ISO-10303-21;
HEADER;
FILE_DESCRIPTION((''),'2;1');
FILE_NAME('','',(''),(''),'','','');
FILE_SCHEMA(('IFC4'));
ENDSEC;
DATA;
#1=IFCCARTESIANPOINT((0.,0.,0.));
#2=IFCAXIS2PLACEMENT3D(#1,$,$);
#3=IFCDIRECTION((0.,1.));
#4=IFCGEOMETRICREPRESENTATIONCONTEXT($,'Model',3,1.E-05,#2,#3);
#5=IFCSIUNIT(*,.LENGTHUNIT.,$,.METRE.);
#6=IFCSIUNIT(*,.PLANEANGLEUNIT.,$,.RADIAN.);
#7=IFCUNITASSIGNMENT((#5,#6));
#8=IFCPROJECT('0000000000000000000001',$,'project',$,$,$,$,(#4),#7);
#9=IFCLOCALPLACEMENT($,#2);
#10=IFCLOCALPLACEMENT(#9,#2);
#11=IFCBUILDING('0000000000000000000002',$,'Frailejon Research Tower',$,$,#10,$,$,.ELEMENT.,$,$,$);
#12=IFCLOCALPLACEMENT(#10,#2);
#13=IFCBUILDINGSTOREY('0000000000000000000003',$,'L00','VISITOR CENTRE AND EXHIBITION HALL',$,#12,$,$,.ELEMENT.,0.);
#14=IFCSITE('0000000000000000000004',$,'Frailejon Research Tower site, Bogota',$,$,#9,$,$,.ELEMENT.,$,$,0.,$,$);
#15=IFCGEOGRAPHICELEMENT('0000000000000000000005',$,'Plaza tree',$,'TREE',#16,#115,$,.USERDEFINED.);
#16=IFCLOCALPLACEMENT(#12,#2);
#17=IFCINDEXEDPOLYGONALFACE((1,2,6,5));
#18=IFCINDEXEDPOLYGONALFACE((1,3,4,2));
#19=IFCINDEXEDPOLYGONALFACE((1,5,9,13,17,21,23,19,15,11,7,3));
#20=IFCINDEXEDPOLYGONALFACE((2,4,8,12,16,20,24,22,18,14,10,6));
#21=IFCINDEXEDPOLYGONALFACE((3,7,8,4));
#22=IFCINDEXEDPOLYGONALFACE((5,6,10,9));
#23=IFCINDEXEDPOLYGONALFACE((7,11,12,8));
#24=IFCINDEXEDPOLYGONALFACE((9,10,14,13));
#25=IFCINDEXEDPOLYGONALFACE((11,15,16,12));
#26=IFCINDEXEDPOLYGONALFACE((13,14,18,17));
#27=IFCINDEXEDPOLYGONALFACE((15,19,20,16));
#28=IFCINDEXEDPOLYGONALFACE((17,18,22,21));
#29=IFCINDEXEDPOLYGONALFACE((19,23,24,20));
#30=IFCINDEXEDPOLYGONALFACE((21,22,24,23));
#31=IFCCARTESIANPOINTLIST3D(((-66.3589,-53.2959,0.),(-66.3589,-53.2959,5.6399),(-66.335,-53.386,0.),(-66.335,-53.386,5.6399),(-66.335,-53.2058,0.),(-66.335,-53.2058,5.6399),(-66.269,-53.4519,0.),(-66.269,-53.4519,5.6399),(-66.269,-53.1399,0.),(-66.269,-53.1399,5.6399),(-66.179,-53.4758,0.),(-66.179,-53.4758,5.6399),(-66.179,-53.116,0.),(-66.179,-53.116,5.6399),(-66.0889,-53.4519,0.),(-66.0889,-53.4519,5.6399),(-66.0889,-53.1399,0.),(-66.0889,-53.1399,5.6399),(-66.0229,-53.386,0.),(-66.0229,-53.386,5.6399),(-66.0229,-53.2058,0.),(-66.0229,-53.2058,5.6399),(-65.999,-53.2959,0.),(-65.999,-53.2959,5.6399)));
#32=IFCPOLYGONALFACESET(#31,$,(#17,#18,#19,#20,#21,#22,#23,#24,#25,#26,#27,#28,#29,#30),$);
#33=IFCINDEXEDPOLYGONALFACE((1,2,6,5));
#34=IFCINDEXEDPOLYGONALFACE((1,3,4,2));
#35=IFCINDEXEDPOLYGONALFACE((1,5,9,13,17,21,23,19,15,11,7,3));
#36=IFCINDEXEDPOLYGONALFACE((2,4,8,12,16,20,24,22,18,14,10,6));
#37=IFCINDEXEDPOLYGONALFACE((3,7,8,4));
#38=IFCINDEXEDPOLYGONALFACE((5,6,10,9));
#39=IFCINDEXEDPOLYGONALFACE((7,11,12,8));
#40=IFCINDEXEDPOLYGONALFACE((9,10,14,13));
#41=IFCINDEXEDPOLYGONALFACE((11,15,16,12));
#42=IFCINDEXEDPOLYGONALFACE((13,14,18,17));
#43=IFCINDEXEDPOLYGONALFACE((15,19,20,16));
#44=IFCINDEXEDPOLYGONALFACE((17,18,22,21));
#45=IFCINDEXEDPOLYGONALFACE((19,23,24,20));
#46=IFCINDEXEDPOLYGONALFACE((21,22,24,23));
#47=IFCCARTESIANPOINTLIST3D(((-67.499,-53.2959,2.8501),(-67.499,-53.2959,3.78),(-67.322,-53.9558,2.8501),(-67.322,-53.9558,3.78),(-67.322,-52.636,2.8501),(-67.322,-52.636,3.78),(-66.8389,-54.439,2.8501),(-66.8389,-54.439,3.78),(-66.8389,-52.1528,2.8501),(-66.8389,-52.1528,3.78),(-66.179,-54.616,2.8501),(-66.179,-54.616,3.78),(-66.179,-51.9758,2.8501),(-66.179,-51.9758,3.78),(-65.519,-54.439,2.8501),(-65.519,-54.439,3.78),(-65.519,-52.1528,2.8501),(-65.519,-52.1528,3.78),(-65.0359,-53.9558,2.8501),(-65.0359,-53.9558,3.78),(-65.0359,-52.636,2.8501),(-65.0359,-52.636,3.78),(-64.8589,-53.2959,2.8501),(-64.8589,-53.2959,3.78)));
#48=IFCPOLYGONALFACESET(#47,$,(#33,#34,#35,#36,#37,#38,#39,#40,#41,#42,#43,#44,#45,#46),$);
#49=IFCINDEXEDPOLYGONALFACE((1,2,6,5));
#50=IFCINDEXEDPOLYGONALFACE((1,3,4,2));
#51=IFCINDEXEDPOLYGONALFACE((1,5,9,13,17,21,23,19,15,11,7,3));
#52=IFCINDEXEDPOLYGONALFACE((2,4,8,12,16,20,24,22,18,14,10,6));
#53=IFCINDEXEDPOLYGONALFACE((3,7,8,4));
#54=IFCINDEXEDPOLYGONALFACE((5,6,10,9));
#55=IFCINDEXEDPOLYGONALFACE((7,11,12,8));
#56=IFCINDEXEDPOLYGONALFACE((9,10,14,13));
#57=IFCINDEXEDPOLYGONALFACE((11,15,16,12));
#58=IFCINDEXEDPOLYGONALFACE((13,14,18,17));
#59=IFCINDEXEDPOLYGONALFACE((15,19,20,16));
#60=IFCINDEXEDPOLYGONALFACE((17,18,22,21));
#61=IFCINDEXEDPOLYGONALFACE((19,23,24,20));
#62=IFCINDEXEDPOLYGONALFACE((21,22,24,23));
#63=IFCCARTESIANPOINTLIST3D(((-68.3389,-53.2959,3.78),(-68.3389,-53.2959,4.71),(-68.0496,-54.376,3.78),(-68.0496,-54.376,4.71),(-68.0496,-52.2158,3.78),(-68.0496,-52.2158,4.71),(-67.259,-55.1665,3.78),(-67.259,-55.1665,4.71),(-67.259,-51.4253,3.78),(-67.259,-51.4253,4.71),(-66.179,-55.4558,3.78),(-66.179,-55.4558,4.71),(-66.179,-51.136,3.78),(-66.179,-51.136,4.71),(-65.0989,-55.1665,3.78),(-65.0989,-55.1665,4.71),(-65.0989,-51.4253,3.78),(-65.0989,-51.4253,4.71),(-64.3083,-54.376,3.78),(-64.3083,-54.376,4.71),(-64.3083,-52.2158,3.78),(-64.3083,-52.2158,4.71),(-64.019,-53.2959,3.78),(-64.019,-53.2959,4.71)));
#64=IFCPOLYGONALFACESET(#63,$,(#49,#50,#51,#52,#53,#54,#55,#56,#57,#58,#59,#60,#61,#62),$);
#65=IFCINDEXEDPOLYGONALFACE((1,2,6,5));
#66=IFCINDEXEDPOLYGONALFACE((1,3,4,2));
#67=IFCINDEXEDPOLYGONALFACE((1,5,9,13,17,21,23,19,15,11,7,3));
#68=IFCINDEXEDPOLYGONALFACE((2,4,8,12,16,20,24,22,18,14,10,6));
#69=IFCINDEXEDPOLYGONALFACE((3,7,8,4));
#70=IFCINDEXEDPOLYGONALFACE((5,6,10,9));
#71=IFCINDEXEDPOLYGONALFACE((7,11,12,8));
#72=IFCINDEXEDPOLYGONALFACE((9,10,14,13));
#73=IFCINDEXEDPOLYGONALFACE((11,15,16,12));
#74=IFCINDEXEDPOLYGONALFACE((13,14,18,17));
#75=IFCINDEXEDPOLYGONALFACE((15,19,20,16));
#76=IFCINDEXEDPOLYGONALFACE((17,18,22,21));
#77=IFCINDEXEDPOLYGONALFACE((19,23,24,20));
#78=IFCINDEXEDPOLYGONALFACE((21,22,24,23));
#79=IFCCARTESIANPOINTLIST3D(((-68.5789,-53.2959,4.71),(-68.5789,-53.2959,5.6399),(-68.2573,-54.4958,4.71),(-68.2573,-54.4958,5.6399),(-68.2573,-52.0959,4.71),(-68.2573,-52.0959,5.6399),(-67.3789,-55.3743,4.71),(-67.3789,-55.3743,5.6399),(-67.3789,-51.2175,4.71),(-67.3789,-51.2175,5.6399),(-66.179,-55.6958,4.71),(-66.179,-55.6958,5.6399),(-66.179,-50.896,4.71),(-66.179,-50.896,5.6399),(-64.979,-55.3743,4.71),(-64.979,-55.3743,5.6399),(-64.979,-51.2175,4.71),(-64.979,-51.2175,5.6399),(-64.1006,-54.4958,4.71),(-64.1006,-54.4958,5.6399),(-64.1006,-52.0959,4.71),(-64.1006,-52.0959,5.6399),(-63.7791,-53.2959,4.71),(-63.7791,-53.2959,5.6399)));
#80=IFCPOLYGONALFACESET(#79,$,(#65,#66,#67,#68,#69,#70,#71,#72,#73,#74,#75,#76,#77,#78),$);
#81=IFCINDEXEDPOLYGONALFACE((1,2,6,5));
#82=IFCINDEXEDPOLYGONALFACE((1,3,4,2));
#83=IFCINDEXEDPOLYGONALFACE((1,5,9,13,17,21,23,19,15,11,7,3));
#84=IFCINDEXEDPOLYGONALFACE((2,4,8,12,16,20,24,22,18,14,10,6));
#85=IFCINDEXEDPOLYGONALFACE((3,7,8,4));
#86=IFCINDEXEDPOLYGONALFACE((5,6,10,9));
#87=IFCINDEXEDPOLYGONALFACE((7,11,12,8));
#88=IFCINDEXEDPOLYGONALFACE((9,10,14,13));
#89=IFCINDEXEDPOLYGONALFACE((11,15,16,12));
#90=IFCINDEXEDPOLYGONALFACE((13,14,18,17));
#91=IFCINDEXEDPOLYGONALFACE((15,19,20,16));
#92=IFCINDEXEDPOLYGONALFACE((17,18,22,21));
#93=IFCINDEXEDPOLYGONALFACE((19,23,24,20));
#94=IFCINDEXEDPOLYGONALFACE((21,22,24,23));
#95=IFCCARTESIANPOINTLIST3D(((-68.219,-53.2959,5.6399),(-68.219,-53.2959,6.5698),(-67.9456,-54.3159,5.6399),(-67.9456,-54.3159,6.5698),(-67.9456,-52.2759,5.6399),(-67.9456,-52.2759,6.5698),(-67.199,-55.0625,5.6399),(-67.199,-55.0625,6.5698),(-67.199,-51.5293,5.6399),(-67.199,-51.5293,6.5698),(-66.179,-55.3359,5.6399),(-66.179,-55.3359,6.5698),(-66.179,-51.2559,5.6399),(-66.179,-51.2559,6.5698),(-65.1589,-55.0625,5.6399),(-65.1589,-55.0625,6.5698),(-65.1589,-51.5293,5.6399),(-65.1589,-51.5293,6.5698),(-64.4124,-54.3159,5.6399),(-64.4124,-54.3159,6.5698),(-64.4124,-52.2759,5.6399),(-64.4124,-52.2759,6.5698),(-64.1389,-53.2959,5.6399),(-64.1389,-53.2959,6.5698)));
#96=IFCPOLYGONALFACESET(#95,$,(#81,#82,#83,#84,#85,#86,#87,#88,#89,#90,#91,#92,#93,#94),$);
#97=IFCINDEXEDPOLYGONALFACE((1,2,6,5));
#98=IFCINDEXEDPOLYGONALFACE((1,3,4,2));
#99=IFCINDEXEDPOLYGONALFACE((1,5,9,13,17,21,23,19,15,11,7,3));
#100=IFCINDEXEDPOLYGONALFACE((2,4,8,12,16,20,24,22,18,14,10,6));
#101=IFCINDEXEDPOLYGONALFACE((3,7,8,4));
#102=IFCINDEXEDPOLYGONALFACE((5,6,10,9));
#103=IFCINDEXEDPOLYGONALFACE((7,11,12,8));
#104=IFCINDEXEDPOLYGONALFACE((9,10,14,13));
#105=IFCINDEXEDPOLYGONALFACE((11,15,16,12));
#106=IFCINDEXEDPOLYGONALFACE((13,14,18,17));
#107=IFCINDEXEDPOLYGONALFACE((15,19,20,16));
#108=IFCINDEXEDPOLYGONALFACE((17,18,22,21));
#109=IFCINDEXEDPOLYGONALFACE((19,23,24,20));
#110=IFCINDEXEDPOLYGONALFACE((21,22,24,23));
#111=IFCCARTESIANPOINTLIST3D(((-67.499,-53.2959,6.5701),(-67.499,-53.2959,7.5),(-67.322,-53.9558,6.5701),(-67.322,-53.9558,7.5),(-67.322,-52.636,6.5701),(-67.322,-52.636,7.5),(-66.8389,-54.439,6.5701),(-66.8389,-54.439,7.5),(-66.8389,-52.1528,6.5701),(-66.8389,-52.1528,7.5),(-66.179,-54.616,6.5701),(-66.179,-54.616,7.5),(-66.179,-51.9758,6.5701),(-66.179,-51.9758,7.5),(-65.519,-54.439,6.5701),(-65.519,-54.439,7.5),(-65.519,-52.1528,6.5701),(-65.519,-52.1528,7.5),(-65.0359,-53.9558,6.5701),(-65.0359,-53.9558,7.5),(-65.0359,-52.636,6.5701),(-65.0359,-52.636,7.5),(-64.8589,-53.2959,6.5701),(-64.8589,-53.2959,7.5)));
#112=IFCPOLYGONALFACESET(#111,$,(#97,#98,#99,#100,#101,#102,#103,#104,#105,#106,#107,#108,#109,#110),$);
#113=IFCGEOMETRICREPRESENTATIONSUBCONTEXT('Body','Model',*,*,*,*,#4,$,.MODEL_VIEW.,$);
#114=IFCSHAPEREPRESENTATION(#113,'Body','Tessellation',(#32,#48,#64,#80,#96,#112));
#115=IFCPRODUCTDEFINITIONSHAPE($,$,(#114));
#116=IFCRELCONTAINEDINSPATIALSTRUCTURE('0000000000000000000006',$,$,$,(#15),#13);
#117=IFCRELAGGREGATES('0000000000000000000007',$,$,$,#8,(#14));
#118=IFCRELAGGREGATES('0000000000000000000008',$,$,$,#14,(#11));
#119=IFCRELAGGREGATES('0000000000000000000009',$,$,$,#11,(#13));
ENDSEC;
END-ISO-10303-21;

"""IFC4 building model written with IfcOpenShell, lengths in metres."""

from ifc_helpers import new_model, si_unit, direction, frame, origin, place, context, subcontext, project, spatial, polyline, outline, extrude, element, save


model = new_model("IFC4")

# Units and contexts
model_context = context("Model", 3, precision=1e-05, world=origin(), true_north=direction((0.0, 1.0)))
body_context = subcontext(model_context, "Body", "Model", "MODEL_VIEW")
ifc_project = project(units=[si_unit("LENGTHUNIT", "METRE"), si_unit("PLANEANGLEUNIT", "RADIAN")], contexts=[model_context])

# Site, building, storey
site_placement = place(None, origin())
site = spatial("IfcSite", under=ifc_project, at=site_placement, Name="Frailejon Research Tower site, Bogota", CompositionType="ELEMENT", RefElevation=0.0)
building_placement = place(site_placement, origin())
building = spatial("IfcBuilding", under=site, at=building_placement, Name="Frailejon Research Tower", CompositionType="ELEMENT")
storey_placement = place(building_placement, origin())
storey = spatial("IfcBuildingStorey", under=building, at=storey_placement, Name="L00", Description="VISITOR CENTRE AND EXHIBITION HALL", CompositionType="ELEMENT", Elevation=0.0)

# Geographic element
geographic_element_placement = place(storey_placement, frame((-66.179, -53.2959, 0.0)))
element("IfcGeographicElement", 1, at=geographic_element_placement, inside=storey, Name="Plaza tree", ObjectType="TREE", PredefinedType="USERDEFINED", context=body_context, shape_type="SweptSolid", body=[
    extrude(outline(polyline([(0.1799, 0.0), (0.156, 0.0901), (0.0901, 0.156), (0.0, 0.1799), (-0.0901, 0.156), (-0.156, 0.0901), (-0.1799, 0.0), (-0.156, -0.0901), (-0.0901, -0.156), (0.0, -0.1799), (0.0901, -0.156), (0.156, -0.0901), (0.1799, 0.0)])), origin(), (0.0, 0.0, 1.0), 5.6399),
    extrude(outline(polyline([(1.3201, 0.0), (1.1431, 0.6599), (0.6599, 1.1431), (0.0, 1.3201), (-0.6599, 1.1431), (-1.1431, 0.6599), (-1.3201, 0.0), (-1.1431, -0.6599), (-0.6599, -1.1431), (0.0, -1.3201), (0.6599, -1.1431), (1.1431, -0.6599), (1.3201, 0.0)])), frame((0.0, 0.0, 2.8501)), (0.0, 0.0, 1.0), 0.9299),
    extrude(outline(polyline([(2.1599, 0.0), (1.8706, 1.0801), (1.0801, 1.8706), (0.0, 2.1599), (-1.0801, 1.8706), (-1.8706, 1.0801), (-2.1599, 0.0), (-1.8706, -1.0801), (-1.0801, -1.8706), (0.0, -2.1599), (1.0801, -1.8706), (1.8706, -1.0801), (2.1599, 0.0)])), frame((0.0, 0.0, 3.78)), (0.0, 0.0, 1.0), 0.9299),
    extrude(outline(polyline([(2.3999, 0.0), (2.0784, 1.2), (1.2, 2.0784), (0.0, 2.3999), (-1.2, 2.0784), (-2.0784, 1.2), (-2.3999, 0.0), (-2.0784, -1.2), (-1.2, -2.0784), (0.0, -2.3999), (1.2, -2.0784), (2.0784, -1.2), (2.3999, 0.0)])), frame((0.0, 0.0, 4.71)), (0.0, 0.0, 1.0), 0.9299),
    extrude(outline(polyline([(2.04, 0.0), (1.7666, 1.02), (1.02, 1.7666), (0.0, 2.04), (-1.02, 1.7666), (-1.7666, 1.02), (-2.04, 0.0), (-1.7666, -1.02), (-1.02, -1.7666), (0.0, -2.04), (1.02, -1.7666), (1.7666, -1.02), (2.04, 0.0)])), frame((0.0, 0.0, 5.6399)), (0.0, 0.0, 1.0), 0.9299),
    extrude(outline(polyline([(1.3201, 0.0), (1.1431, 0.6599), (0.6599, 1.1431), (0.0, 1.3201), (-0.6599, 1.1431), (-1.1431, 0.6599), (-1.3201, 0.0), (-1.1431, -0.6599), (-0.6599, -1.1431), (0.0, -1.3201), (0.6599, -1.1431), (1.1431, -0.6599), (1.3201, 0.0)])), frame((0.0, 0.0, 6.5701)), (0.0, 0.0, 1.0), 0.9299),
])

save(model, "model.ifc")
